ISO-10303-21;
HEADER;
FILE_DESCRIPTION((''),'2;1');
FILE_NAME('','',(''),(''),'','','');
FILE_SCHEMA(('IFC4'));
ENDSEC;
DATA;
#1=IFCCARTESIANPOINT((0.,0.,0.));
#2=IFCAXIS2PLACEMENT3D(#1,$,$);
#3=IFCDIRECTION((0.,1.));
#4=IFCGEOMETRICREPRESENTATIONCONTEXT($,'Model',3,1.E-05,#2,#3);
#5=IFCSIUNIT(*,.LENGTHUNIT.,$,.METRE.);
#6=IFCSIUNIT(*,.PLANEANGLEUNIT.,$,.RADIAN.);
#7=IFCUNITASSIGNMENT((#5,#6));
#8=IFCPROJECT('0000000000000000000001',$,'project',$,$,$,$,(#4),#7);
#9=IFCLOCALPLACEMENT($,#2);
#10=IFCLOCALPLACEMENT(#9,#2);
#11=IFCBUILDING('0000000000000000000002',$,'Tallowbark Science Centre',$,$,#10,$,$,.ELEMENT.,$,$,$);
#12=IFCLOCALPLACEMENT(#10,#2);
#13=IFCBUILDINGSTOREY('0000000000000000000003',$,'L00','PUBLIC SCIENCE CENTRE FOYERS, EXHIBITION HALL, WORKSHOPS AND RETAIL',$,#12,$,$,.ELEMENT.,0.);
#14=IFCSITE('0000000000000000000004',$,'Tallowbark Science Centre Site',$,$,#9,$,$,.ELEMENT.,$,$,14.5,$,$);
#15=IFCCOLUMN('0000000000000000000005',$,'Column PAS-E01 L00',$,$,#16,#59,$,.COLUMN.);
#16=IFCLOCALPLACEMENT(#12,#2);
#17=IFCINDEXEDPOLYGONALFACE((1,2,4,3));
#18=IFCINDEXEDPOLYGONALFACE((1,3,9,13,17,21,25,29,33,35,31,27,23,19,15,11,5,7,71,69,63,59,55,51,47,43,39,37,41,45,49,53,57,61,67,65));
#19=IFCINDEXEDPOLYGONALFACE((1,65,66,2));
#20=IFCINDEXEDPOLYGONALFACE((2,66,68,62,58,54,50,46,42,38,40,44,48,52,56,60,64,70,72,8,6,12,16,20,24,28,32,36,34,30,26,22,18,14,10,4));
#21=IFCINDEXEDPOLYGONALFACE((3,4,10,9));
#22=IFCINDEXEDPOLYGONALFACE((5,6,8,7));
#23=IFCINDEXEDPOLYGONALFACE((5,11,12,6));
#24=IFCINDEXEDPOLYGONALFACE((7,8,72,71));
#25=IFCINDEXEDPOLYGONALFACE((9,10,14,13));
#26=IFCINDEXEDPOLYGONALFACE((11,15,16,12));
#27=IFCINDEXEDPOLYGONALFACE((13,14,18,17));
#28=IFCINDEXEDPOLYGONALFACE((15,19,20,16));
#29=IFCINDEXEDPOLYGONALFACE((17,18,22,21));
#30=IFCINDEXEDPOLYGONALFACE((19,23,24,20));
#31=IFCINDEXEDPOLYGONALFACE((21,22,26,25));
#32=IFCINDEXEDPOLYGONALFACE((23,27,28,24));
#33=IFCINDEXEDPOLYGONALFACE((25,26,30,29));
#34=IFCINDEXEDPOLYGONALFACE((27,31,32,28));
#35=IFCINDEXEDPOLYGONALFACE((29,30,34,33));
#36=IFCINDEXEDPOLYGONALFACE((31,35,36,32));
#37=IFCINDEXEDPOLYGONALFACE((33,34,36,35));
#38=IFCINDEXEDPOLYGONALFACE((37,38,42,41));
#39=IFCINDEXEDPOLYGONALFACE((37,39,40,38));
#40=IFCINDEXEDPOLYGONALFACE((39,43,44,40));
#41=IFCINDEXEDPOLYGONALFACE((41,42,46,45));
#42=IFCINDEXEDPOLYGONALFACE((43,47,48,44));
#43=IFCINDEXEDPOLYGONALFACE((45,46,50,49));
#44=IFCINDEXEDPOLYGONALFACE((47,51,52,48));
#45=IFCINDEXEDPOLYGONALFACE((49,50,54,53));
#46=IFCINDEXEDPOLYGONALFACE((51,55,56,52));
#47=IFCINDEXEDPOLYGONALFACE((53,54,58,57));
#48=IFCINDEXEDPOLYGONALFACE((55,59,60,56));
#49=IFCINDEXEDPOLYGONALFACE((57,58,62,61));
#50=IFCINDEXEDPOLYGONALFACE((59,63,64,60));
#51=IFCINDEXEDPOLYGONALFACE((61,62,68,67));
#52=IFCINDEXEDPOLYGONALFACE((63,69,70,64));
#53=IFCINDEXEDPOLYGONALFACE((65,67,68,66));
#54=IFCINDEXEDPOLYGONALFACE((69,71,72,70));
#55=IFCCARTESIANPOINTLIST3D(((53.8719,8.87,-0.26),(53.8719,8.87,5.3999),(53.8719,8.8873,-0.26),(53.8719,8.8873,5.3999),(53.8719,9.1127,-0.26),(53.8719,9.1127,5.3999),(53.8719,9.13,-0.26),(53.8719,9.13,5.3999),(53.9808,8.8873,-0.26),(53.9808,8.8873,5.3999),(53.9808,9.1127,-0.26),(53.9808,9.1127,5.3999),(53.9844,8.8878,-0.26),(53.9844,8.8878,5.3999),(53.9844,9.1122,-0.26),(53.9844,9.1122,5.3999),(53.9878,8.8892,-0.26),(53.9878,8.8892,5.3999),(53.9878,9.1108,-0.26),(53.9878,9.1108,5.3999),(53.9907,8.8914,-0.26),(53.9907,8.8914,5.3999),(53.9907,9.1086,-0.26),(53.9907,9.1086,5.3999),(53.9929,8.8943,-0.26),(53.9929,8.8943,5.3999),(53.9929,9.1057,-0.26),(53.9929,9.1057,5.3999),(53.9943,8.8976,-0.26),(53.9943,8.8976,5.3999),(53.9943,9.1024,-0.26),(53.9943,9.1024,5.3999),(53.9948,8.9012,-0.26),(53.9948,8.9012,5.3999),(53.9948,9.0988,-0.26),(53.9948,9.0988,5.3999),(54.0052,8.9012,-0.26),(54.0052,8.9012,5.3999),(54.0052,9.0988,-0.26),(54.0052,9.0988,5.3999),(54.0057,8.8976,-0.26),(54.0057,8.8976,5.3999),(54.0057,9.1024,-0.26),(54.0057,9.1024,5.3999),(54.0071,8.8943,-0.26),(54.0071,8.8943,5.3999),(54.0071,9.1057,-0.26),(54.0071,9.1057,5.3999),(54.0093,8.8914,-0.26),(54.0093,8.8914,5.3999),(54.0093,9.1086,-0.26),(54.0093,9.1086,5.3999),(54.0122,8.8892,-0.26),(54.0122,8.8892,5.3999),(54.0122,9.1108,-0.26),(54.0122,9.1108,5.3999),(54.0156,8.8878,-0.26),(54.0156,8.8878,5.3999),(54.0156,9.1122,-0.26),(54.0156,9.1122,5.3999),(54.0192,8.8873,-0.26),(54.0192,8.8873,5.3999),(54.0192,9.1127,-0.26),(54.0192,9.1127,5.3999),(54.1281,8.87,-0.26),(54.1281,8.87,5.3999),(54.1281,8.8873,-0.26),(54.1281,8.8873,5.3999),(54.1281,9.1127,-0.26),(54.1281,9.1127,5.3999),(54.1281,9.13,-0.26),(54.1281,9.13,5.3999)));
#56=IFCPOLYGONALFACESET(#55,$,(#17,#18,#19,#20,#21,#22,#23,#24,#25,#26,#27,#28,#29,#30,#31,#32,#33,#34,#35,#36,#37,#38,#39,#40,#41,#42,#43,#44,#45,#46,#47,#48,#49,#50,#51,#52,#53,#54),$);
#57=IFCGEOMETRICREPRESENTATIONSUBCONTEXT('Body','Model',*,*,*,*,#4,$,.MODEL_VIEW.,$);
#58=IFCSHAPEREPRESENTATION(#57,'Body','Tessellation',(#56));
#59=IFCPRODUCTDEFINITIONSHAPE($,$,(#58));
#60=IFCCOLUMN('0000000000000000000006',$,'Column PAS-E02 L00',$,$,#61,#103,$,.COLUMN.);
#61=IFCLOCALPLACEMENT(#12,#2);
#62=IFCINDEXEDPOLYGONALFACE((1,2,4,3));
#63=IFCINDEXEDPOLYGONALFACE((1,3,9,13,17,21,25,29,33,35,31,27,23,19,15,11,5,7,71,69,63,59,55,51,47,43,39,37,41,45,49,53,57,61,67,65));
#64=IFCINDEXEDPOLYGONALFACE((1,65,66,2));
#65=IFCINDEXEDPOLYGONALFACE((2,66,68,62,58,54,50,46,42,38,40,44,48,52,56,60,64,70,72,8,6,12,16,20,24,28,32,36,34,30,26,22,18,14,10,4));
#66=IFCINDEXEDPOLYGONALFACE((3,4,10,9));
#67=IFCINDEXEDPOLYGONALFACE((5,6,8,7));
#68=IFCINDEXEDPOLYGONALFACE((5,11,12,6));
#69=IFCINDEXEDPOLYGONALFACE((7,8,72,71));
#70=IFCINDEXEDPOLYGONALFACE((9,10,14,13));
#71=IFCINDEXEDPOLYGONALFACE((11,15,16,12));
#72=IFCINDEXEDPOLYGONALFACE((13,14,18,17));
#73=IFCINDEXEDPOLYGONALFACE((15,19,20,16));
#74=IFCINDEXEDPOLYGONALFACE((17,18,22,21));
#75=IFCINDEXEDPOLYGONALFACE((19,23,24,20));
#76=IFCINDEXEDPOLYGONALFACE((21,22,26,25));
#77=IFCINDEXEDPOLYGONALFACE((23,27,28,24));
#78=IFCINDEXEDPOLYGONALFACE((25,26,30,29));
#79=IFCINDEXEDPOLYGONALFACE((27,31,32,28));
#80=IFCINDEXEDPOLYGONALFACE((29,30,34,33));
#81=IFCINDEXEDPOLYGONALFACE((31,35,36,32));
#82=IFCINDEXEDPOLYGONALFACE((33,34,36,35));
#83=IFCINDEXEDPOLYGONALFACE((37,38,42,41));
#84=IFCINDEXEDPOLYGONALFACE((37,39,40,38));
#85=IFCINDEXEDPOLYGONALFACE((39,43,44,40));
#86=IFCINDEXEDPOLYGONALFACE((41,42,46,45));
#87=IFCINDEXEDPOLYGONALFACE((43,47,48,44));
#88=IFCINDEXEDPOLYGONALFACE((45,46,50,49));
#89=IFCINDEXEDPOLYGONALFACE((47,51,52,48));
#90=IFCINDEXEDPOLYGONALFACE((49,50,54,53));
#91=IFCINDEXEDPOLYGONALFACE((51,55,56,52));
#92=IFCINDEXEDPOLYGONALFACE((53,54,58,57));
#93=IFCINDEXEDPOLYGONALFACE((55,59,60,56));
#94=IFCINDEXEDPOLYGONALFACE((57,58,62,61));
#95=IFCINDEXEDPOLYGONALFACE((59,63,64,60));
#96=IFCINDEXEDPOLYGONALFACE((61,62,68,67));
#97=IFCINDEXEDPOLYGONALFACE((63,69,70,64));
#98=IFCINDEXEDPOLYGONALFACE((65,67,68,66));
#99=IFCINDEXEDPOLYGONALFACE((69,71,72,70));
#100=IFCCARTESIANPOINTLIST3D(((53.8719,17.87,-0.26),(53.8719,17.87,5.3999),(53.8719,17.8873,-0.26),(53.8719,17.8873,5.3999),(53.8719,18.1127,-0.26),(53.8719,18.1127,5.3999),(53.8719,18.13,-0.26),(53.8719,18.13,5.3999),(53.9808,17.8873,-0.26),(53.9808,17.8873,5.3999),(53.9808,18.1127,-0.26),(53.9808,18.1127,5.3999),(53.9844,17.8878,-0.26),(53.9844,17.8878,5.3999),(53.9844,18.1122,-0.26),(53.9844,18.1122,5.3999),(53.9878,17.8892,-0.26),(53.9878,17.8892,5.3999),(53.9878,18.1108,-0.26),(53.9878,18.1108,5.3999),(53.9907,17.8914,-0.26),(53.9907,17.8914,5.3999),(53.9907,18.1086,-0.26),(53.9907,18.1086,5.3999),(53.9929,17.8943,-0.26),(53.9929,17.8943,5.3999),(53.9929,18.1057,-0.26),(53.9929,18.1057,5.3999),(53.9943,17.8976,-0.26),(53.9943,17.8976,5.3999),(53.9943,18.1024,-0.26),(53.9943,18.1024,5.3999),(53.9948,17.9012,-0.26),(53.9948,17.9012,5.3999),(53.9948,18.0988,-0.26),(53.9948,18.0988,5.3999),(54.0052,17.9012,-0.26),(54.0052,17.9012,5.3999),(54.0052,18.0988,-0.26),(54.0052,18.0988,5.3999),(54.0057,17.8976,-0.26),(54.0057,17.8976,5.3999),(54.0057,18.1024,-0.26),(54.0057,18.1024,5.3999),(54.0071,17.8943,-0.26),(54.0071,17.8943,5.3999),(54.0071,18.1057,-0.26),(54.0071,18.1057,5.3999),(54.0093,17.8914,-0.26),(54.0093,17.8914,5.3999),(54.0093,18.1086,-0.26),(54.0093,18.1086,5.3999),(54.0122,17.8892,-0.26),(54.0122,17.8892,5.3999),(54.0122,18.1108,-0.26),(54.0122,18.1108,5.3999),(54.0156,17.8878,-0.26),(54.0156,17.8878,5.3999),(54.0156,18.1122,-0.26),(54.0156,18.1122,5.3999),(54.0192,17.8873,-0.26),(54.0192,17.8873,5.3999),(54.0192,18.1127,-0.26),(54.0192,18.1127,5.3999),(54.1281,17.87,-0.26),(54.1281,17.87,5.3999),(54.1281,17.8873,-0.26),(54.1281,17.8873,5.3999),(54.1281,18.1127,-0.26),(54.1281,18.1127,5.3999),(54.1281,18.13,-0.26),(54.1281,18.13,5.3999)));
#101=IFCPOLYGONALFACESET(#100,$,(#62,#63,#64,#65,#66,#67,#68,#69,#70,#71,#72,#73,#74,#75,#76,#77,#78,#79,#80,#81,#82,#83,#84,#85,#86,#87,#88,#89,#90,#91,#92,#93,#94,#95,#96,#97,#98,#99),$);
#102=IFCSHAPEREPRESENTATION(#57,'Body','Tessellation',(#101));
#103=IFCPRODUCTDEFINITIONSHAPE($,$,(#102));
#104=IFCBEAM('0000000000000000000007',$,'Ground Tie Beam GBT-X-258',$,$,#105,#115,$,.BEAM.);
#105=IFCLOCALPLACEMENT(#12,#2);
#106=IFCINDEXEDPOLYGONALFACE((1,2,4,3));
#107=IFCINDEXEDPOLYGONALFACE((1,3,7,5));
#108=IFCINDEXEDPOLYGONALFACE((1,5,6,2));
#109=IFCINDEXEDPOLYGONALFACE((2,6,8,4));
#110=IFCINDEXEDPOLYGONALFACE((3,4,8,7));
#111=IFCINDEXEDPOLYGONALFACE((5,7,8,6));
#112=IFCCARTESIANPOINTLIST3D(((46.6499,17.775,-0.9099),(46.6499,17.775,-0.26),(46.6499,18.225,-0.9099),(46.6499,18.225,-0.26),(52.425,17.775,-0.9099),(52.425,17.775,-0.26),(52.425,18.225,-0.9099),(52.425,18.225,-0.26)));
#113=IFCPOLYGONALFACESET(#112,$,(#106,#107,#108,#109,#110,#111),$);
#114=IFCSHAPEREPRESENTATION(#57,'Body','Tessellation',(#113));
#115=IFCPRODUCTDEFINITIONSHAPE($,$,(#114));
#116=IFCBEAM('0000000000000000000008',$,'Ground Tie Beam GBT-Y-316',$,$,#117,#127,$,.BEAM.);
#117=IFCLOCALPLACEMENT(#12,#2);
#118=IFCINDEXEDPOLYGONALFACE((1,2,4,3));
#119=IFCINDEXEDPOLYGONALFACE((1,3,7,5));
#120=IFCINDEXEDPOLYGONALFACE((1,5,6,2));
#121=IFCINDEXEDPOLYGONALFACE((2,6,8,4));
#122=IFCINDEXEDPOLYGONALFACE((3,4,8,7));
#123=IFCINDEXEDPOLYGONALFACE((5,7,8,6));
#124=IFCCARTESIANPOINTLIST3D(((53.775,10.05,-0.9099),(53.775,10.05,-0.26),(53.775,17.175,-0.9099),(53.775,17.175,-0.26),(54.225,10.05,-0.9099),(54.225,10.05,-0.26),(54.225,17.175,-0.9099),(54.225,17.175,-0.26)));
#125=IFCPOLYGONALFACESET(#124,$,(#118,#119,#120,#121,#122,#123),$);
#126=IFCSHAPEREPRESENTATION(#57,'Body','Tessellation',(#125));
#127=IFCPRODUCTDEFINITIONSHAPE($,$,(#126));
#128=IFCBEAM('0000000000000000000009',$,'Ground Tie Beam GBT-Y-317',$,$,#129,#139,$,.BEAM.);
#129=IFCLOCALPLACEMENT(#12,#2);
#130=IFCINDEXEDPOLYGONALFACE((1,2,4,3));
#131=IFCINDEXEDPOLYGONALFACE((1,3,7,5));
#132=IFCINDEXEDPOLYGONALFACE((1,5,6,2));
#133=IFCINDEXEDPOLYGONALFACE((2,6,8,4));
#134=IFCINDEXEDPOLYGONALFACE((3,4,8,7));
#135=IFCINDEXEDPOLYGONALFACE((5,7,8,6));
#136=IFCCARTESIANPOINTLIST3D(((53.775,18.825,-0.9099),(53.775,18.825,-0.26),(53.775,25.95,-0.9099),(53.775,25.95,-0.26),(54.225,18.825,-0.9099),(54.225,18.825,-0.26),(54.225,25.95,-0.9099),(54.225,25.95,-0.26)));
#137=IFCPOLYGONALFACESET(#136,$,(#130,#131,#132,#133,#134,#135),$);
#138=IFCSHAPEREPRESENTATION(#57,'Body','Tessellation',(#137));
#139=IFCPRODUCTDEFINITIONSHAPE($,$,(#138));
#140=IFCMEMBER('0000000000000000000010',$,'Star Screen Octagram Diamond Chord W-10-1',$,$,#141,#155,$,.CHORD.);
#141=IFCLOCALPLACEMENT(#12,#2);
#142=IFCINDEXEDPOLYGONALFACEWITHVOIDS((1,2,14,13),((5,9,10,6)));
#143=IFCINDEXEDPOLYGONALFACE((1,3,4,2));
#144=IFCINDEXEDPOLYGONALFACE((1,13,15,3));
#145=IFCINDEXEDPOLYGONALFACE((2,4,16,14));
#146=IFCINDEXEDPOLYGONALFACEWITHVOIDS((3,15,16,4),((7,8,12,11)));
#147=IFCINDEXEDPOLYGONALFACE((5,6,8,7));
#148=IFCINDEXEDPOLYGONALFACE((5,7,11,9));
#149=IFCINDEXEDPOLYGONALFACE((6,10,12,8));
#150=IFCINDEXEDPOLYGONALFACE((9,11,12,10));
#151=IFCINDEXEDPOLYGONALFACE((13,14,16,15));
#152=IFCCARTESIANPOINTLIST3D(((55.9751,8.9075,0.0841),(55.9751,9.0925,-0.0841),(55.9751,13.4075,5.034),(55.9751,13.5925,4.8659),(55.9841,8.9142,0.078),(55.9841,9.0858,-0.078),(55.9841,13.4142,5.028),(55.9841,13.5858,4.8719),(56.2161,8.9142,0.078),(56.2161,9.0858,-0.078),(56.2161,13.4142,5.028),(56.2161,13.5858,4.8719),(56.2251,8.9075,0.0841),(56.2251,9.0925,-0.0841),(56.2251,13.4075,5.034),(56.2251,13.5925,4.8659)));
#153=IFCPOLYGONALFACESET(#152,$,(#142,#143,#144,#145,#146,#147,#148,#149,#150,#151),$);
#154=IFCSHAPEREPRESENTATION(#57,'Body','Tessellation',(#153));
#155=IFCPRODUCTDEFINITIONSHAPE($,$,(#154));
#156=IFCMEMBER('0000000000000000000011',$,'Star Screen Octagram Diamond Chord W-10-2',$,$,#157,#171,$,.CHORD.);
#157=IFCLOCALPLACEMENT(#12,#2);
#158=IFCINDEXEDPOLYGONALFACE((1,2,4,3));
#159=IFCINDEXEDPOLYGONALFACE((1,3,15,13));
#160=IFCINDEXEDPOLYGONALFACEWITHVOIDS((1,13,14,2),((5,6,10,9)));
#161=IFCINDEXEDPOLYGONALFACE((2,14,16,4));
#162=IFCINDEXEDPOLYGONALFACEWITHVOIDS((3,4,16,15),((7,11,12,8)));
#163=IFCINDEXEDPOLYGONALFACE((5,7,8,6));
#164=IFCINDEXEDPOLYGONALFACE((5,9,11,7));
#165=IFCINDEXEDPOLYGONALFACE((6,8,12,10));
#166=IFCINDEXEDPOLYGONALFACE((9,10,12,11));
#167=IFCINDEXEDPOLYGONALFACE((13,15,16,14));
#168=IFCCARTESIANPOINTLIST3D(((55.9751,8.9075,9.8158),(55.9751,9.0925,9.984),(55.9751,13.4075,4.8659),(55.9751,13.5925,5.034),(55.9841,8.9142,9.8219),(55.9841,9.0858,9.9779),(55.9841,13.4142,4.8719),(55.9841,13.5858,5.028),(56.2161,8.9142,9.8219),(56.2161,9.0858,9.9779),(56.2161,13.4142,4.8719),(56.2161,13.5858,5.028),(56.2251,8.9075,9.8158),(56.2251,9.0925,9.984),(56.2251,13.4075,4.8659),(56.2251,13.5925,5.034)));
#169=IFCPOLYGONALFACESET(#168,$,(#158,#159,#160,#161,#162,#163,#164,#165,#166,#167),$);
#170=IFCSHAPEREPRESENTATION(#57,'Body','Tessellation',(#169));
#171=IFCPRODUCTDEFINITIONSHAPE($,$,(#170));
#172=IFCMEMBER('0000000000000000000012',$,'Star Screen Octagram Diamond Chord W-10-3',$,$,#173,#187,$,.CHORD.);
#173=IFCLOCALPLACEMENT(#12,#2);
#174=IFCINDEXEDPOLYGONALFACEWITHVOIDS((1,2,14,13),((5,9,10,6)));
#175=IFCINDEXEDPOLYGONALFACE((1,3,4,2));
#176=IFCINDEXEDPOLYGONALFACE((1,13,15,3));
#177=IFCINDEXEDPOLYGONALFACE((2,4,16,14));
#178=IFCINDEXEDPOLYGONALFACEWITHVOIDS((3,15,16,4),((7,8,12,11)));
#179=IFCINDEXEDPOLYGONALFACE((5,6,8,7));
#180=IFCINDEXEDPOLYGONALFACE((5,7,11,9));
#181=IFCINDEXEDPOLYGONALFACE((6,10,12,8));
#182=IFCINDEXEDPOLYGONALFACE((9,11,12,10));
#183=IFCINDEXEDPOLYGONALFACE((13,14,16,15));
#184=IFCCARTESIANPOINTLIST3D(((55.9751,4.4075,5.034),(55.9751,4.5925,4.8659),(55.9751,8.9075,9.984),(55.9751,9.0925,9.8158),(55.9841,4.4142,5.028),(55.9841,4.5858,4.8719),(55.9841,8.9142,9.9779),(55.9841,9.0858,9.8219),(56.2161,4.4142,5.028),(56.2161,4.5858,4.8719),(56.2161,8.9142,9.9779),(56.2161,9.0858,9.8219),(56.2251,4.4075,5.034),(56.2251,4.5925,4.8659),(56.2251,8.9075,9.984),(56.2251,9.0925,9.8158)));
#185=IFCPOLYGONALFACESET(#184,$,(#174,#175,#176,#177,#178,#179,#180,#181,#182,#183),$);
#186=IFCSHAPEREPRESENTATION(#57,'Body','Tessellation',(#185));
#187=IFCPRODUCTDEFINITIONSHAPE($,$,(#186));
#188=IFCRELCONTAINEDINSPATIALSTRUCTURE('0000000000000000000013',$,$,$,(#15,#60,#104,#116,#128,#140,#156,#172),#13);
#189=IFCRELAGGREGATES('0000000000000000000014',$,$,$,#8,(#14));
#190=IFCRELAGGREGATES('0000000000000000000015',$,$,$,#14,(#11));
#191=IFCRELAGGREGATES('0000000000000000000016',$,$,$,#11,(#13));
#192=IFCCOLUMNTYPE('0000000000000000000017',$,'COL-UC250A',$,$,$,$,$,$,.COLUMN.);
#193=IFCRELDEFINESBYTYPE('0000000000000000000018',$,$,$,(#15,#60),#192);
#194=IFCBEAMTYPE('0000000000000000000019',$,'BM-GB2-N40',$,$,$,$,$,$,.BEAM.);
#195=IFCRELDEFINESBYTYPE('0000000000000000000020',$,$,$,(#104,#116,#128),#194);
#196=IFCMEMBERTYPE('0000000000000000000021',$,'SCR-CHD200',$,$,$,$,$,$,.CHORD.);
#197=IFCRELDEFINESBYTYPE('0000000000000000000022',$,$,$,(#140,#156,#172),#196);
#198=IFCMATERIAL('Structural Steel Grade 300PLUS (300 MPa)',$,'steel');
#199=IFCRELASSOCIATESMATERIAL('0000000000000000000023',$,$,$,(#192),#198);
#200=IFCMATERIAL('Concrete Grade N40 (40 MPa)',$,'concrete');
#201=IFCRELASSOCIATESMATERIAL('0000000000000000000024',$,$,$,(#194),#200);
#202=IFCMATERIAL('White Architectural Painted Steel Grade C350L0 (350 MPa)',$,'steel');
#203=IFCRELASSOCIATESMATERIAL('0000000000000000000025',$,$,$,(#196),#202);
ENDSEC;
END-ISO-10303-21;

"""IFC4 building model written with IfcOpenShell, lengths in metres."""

from ifc_helpers import new_model, si_unit, direction, frame, origin, origin_2d, place, context, subcontext, project, spatial, rectangle, hollow_rectangle, i_section, extrude, material, material_profile, profile_set, type_object, element, save


model = new_model("IFC4")

# Units and contexts
model_context = context("Model", 3, precision=1e-05, world=origin(), true_north=direction((0.0, 1.0)))
body_context = subcontext(model_context, "Body", "Model", "MODEL_VIEW")
ifc_project = project(units=[si_unit("LENGTHUNIT", "METRE"), si_unit("PLANEANGLEUNIT", "RADIAN")], contexts=[model_context])

# Site, building, storey
site_placement = place(None, origin())
site = spatial("IfcSite", under=ifc_project, at=site_placement, Name="Tallowbark Science Centre Site", CompositionType="ELEMENT", RefElevation=14.5)
building_placement = place(site_placement, origin())
building = spatial("IfcBuilding", under=site, at=building_placement, Name="Tallowbark Science Centre", CompositionType="ELEMENT")
storey_placement = place(building_placement, origin())
storey = spatial("IfcBuildingStorey", under=building, at=storey_placement, Name="L00", Description="PUBLIC SCIENCE CENTRE FOYERS, EXHIBITION HALL, WORKSHOPS AND RETAIL", CompositionType="ELEMENT", Elevation=0.0)

# Shared definitions
ifc_material_1 = material(Name="Concrete Grade N40 (40 MPa)", Category="concrete")

# Columns
ifc_material_2 = material(Name="White Architectural Painted Steel Grade C350L0 (350 MPa)", Category="steel")
ifc_material_3 = material(Name="Structural Steel Grade 300PLUS (300 MPa)", Category="steel")
ifc_material_profile_1 = material_profile(ifc_material_3, i_section(OverallWidth=0.2561, OverallDepth=0.26, WebThickness=0.0105, FlangeThickness=0.0173, FilletRadius=0.0139, at=origin_2d()), Name="250UC89.5")
ifc_profile_set_1 = profile_set([ifc_material_profile_1], Name="Structural Steel Grade 300PLUS (300 MPa)")
column_type_1 = type_object("IfcColumnType", Name="COL-UC250A", PredefinedType="COLUMN", material=ifc_profile_set_1)
for number, where, z_axis, x_axis, name in (
    (1, (54.0, 9.0, -0.26), (0.0, 0.0, 1.0), (1.0, 0.0, 0.0), "Column PAS-E01 L00"),
    (2, (54.0, 18.0, -0.26), (0.0, 0.0, 1.0), (1.0, 0.0, 0.0), "Column PAS-E02 L00"),
):
    element("IfcColumn", number, at=place(storey_placement, frame(where, z_axis=z_axis, x_axis=x_axis)), inside=storey, type_object=column_type_1, Name=name, PredefinedType="COLUMN", context=body_context, shape_type="SweptSolid", body=[
        extrude(i_section(OverallWidth=0.2561, OverallDepth=0.26, WebThickness=0.0105, FlangeThickness=0.0173, FilletRadius=0.0139, at=origin_2d()), origin(), (0.0, 0.0, 1.0), 5.6599),
    ])

# Beams
ifc_material_profile_2 = material_profile(ifc_material_1, rectangle(XDim=0.45, YDim=0.6499, at=origin_2d()), Name="RC450x650")
ifc_profile_set_2 = profile_set([ifc_material_profile_2], Name="Concrete Grade N40 (40 MPa)")
beam_type = type_object("IfcBeamType", Name="BM-GB2-N40", PredefinedType="BEAM", material=ifc_profile_set_2)
beam_placement = place(storey_placement, frame((46.6499, 18.0, -0.585), z_axis=(1.0, 0.0, 0.0), x_axis=(0.0, 1.0, 0.0)))
element("IfcBeam", 3, at=beam_placement, inside=storey, type_object=beam_type, Name="Ground Tie Beam GBT-X-258", PredefinedType="BEAM", context=body_context, shape_type="SweptSolid", body=[
    extrude(rectangle(XDim=0.45, YDim=0.6499, at=origin_2d()), origin(), (0.0, 0.0, 1.0), 5.7751),
])
for number, where, z_axis, x_axis, name in (
    (4, (54.0, 10.05, -0.585), (0.0, 1.0, 0.0), (-1.0, 0.0, 0.0), "Ground Tie Beam GBT-Y-316"),
    (5, (54.0, 18.825, -0.585), (0.0, 1.0, 0.0), (-1.0, 0.0, 0.0), "Ground Tie Beam GBT-Y-317"),
):
    element("IfcBeam", number, at=place(storey_placement, frame(where, z_axis=z_axis, x_axis=x_axis)), inside=storey, type_object=beam_type, Name=name, PredefinedType="BEAM", context=body_context, shape_type="SweptSolid", body=[
        extrude(rectangle(XDim=0.45, YDim=0.6499, at=origin_2d()), origin(), (0.0, 0.0, 1.0), 7.125),
    ])

# Members
ifc_material_profile_3 = material_profile(ifc_material_2, hollow_rectangle(XDim=0.25, YDim=0.25, WallThickness=0.009, at=origin_2d()), Name="250x250x9.0SHS")
ifc_profile_set_3 = profile_set([ifc_material_profile_3], Name="White Architectural Painted Steel Grade C350L0 (350 MPa)")
member_type_1 = type_object("IfcMemberType", Name="SCR-CHD200", PredefinedType="CHORD", material=ifc_profile_set_3)
for number, where, z_axis, x_axis, name in (
    (6, (56.1001, 9.0, 0.0), (0.0, 0.672676, 0.739937), (-1.0, 0.0, 0.0), "Star Screen Octagram Diamond Chord W-10-1"),
    (7, (56.1001, 13.5, 4.95), (0.0, -0.672676, 0.739937), (1.0, 0.0, 0.0), "Star Screen Octagram Diamond Chord W-10-2"),
    (8, (56.1001, 9.0, 9.8999), (0.0, -0.672676, -0.739937), (1.0, 0.0, 0.0), "Star Screen Octagram Diamond Chord W-10-3"),
):
    element("IfcMember", number, at=place(storey_placement, frame(where, z_axis=z_axis, x_axis=x_axis)), inside=storey, type_object=member_type_1, Name=name, PredefinedType="CHORD", context=body_context, shape_type="SweptSolid", body=[
        extrude(hollow_rectangle(XDim=0.25, YDim=0.25, WallThickness=0.009, at=origin_2d()), origin(), (0.0, 0.0, 1.0), 6.6897),
    ])

save(model, "model.ifc")
